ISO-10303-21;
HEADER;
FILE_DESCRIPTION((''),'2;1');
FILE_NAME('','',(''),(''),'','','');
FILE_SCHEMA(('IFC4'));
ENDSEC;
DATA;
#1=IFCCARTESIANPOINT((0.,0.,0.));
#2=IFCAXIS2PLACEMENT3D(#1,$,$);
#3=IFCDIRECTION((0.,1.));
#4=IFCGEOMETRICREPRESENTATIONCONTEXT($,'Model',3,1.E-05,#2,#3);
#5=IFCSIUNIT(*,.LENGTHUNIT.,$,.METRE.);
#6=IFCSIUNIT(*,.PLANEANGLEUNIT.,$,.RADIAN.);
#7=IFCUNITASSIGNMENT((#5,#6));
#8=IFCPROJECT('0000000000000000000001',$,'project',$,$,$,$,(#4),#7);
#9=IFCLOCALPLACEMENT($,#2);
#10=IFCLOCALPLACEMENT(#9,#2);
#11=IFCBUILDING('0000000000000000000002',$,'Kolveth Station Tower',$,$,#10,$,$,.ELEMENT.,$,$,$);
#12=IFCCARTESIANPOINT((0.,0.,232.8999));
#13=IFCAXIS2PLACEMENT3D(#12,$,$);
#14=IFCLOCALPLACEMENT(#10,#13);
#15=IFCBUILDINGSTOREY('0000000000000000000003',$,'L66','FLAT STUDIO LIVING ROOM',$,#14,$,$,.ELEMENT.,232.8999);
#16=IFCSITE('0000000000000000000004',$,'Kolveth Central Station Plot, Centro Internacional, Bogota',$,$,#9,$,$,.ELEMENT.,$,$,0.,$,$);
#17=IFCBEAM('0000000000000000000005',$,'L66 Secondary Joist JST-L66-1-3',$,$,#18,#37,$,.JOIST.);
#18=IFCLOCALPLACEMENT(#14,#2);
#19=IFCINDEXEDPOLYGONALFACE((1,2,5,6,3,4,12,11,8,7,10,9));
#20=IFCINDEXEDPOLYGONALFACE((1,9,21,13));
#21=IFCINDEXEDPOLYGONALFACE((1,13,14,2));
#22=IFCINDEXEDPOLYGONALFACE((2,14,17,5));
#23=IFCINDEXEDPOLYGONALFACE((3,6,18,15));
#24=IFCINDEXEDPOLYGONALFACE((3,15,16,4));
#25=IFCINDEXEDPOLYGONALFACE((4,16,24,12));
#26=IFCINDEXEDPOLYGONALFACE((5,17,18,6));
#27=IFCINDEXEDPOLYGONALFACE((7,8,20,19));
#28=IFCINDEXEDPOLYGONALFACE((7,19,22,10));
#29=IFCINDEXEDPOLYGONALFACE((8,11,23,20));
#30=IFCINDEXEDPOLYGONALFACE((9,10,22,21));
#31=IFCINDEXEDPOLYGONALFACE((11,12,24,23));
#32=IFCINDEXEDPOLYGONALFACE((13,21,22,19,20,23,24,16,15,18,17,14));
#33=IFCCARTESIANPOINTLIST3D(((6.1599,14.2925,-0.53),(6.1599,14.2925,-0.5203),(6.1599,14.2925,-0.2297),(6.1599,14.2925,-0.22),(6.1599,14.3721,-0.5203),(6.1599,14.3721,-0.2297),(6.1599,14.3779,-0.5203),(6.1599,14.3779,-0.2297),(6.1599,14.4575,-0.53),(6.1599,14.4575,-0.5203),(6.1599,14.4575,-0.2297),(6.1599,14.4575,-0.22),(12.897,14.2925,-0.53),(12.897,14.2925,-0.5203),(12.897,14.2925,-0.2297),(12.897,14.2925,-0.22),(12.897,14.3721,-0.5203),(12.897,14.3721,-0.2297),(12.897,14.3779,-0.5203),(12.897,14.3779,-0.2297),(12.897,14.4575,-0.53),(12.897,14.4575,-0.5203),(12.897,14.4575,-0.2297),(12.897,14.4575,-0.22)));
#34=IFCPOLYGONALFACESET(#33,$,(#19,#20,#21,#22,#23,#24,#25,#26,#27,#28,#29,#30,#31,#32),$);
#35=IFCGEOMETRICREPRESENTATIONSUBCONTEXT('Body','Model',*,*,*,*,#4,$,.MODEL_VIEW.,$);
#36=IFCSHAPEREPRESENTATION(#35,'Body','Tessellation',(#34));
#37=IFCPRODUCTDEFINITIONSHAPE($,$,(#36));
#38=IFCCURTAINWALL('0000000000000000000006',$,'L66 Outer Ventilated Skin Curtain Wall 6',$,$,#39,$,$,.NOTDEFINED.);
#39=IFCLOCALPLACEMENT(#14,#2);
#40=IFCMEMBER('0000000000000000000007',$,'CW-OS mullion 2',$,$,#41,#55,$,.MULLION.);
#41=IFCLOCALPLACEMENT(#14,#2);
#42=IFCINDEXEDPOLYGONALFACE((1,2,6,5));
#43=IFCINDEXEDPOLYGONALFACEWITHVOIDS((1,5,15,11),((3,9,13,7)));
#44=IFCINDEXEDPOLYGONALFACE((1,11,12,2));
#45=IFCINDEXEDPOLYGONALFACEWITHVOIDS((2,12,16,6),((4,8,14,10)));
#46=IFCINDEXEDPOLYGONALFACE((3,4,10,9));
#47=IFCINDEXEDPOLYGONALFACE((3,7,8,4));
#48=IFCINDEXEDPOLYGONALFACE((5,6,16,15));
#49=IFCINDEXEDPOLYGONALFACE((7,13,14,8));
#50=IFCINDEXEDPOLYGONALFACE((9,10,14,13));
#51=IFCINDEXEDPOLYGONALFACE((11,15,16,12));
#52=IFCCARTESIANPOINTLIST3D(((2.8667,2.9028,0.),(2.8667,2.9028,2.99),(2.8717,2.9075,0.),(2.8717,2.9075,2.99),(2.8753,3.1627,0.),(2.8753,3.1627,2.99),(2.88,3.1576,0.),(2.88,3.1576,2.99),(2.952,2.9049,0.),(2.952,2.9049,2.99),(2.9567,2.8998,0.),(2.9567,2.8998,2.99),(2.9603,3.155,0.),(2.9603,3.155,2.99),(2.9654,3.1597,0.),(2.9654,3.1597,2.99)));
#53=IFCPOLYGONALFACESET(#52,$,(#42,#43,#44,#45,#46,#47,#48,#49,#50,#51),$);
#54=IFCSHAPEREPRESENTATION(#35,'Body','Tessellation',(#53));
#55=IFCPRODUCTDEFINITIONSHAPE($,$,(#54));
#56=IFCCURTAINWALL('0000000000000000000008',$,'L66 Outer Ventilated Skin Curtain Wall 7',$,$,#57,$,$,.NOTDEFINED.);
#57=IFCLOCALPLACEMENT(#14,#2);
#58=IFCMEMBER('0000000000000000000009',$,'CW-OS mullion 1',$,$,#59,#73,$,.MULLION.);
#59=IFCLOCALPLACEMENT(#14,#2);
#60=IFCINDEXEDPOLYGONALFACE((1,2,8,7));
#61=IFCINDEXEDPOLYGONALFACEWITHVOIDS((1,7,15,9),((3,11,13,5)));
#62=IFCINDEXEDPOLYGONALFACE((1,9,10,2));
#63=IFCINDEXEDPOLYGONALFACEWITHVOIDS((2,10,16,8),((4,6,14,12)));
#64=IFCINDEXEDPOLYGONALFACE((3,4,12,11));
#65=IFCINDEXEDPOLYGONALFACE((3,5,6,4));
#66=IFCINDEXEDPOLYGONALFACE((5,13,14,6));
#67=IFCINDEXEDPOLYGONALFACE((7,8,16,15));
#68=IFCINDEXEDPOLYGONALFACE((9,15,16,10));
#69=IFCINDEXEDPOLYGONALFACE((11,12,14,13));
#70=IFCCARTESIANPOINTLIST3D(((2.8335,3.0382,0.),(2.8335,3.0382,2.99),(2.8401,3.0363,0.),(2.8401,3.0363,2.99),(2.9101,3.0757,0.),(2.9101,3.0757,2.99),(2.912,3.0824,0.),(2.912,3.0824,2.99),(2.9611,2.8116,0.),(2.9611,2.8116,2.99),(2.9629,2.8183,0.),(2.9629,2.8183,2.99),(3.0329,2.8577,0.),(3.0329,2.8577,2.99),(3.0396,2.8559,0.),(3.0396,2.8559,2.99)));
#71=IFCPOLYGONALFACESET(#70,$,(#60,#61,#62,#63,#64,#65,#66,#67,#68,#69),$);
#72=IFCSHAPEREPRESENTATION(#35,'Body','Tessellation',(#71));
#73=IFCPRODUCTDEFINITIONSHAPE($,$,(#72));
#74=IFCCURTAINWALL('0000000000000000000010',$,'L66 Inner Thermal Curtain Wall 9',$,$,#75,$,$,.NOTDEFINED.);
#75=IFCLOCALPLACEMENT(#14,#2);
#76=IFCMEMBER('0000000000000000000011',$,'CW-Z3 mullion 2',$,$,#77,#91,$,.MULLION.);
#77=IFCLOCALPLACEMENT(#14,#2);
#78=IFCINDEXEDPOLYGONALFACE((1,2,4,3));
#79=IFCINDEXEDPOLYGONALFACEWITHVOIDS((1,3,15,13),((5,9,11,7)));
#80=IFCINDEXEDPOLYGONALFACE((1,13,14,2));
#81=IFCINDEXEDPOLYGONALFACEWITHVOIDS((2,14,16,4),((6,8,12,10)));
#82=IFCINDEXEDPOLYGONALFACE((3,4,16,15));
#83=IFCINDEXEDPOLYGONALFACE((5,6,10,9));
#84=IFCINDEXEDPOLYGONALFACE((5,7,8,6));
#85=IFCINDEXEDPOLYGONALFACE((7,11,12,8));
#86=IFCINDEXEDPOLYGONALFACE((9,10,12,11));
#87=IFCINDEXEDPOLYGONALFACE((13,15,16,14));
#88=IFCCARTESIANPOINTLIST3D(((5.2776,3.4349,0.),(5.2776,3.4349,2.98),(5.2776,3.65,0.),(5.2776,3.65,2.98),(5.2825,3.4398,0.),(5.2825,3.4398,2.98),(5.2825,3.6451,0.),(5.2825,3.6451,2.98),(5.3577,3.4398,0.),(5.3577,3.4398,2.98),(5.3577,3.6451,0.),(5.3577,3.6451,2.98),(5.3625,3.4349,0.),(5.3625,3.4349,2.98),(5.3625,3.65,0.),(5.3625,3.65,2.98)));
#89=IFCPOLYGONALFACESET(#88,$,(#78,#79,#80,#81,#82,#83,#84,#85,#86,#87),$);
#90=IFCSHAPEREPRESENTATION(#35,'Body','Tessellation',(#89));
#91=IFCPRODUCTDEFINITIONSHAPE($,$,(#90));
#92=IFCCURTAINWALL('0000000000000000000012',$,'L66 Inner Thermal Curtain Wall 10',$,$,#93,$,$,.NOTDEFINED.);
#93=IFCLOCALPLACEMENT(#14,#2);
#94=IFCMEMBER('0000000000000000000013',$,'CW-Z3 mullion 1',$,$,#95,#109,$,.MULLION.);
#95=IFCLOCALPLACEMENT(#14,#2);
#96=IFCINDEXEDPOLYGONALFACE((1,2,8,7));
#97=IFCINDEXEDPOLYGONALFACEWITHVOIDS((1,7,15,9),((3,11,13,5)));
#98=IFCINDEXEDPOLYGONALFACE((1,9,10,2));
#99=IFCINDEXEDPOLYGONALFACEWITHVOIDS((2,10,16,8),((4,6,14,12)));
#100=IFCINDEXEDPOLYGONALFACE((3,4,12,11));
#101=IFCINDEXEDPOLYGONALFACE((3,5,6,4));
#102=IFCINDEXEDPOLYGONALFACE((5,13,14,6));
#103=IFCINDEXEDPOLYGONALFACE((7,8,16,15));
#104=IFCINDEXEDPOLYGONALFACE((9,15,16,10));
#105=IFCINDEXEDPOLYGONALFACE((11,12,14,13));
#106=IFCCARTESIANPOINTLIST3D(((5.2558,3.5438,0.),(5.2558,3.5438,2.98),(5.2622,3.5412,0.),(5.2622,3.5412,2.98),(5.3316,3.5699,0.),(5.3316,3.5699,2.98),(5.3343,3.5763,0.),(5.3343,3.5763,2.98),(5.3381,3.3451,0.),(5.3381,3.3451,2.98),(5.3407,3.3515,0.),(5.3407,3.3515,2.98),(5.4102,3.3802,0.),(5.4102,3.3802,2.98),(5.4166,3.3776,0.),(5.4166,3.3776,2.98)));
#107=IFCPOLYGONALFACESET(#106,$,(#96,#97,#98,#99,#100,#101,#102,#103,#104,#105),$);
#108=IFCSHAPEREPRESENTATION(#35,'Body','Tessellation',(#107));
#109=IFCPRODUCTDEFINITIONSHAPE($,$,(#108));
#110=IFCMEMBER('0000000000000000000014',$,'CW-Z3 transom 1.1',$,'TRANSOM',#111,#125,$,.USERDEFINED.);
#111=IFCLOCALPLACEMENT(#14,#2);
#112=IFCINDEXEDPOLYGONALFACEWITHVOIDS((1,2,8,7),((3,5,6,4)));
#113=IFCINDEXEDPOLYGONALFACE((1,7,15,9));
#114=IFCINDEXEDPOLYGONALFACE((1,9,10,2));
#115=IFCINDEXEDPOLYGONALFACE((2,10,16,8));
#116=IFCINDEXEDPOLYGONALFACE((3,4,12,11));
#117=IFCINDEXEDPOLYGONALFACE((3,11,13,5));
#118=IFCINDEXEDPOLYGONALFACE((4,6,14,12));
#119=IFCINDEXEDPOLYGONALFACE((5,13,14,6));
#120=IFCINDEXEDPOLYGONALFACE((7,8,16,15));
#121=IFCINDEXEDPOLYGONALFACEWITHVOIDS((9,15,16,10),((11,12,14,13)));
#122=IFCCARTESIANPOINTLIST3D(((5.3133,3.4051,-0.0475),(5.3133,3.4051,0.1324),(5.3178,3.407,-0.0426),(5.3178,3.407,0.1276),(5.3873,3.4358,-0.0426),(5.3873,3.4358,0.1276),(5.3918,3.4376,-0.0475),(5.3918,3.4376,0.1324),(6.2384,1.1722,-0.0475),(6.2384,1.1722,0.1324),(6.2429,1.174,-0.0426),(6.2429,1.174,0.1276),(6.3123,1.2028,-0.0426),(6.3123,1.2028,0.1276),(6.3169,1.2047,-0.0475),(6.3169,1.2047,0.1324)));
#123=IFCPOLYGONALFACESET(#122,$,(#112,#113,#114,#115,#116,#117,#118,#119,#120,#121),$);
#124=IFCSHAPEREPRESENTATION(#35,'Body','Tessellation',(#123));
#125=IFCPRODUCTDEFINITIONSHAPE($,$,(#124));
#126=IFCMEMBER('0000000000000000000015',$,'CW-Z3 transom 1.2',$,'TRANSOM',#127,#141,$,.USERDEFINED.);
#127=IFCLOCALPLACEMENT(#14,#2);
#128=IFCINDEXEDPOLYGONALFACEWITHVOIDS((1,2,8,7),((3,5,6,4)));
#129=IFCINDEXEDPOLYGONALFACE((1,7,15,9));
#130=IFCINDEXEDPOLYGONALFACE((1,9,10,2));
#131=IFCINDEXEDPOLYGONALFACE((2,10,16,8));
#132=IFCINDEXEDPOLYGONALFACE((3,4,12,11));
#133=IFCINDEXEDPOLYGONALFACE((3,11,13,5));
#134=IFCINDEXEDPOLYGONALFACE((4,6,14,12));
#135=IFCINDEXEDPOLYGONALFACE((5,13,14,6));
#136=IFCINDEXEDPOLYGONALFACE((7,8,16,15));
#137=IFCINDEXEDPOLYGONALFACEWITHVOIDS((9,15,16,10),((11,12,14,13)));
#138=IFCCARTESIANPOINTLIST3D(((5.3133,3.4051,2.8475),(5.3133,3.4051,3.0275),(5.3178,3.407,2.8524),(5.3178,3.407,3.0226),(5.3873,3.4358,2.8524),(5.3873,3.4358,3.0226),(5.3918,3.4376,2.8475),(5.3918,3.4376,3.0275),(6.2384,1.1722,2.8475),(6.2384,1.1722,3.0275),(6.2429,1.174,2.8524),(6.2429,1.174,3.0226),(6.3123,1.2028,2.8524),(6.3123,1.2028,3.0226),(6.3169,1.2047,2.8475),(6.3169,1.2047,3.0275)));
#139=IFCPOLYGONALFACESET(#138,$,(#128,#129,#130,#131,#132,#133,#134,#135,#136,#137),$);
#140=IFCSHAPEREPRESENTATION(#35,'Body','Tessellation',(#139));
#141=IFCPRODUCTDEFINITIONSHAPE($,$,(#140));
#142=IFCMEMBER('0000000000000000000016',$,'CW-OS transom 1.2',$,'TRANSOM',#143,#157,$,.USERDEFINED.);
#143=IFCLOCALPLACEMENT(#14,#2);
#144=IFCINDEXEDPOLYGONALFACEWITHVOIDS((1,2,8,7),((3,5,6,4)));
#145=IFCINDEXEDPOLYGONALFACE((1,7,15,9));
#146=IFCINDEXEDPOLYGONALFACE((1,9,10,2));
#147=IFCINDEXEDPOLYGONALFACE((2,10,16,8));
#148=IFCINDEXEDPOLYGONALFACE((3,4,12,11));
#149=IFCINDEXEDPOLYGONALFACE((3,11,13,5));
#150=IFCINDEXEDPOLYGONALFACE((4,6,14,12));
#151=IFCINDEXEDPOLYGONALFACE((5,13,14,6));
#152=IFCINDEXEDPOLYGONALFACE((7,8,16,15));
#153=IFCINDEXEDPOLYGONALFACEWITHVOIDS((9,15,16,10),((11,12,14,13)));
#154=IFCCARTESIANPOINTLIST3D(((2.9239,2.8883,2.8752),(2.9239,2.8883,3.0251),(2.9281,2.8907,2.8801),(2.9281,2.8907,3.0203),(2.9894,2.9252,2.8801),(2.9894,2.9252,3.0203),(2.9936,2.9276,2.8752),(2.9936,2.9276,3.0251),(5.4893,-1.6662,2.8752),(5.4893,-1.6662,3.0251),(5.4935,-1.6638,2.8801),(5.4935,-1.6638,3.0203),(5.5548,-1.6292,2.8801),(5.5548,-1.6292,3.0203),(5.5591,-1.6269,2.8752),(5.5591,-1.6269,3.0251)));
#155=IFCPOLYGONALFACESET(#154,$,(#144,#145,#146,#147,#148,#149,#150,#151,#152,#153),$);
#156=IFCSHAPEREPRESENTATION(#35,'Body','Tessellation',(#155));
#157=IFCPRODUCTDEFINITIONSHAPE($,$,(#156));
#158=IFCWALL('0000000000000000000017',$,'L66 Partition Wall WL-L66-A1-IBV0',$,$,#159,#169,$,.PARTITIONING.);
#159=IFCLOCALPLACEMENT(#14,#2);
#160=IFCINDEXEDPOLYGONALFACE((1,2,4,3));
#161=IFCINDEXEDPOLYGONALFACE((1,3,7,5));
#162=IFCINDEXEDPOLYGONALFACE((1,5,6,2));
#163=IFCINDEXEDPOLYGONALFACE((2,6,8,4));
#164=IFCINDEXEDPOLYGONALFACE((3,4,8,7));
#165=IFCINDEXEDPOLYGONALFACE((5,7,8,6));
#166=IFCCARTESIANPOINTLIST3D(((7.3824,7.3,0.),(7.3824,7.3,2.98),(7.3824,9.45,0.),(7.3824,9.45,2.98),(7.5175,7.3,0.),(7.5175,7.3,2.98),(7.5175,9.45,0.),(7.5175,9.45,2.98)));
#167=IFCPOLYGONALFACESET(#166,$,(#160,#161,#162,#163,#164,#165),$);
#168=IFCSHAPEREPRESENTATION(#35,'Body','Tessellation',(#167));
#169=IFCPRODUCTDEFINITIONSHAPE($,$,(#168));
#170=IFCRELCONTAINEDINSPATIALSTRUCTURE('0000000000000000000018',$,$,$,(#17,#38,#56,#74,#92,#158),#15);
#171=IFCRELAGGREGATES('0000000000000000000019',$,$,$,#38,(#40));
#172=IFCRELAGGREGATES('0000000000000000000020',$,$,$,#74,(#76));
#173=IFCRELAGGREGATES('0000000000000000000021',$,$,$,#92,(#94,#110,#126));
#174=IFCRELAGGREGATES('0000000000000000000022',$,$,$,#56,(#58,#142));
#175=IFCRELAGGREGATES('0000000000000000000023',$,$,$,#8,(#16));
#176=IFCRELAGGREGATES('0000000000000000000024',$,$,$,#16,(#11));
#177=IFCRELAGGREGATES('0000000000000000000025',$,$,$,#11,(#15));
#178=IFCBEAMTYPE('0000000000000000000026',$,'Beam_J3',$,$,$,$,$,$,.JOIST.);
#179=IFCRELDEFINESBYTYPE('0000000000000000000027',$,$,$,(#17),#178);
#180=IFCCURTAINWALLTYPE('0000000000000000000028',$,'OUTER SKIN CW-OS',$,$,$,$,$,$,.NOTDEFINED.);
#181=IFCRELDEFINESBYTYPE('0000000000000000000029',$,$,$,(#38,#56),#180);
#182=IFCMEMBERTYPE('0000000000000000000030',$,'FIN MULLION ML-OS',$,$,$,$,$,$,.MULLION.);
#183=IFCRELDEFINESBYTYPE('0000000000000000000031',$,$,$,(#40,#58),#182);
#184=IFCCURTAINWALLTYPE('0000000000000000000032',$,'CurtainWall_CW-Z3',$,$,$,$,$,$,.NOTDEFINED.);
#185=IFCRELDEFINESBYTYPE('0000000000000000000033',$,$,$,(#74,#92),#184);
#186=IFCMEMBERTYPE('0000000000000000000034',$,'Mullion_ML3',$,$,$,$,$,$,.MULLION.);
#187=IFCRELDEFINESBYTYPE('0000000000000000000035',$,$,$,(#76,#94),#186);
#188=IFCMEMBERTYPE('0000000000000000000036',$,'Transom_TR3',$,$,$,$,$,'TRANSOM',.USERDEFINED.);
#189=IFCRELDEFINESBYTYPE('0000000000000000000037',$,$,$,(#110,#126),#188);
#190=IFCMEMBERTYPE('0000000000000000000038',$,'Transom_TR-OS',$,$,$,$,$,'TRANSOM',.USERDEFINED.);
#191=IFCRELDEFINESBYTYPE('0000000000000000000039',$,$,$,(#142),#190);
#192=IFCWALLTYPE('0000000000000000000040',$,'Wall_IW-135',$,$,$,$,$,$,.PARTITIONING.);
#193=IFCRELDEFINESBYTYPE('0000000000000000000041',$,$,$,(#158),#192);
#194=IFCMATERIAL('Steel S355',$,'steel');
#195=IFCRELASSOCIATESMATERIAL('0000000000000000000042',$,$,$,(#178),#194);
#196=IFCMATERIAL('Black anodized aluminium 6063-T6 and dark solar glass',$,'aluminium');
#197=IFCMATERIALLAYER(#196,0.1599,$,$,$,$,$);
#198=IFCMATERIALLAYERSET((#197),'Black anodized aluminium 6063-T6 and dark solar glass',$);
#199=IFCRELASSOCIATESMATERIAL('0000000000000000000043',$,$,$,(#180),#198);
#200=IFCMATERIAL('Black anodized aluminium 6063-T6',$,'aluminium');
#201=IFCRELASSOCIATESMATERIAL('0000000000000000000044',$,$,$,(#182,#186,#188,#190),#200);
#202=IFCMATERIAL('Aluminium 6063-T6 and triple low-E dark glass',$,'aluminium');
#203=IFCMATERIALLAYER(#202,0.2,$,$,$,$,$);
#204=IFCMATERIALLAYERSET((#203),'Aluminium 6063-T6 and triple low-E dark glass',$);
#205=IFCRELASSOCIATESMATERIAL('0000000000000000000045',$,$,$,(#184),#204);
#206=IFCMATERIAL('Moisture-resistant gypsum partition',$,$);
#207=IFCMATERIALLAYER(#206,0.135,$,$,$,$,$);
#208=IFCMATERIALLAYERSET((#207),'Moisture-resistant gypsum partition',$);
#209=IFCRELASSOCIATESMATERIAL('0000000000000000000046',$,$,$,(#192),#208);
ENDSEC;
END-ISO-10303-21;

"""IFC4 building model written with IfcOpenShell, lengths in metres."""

from ifc_helpers import new_model, si_unit, direction, frame, frame_2d, origin, origin_2d, place, context, subcontext, project, spatial, rectangle, hollow_rectangle, i_section, extrude, source, transform, mapped, material, layer, layer_set, material_profile, profile_set, type_object, element, aggregate, save


model = new_model("IFC4")

# Units and contexts
model_context = context("Model", 3, precision=1e-05, world=origin(), true_north=direction((0.0, 1.0)))
body_context = subcontext(model_context, "Body", "Model", "MODEL_VIEW")
ifc_project = project(units=[si_unit("LENGTHUNIT", "METRE"), si_unit("PLANEANGLEUNIT", "RADIAN")], contexts=[model_context])

# Site, building, storey
site_placement = place(None, origin())
site = spatial("IfcSite", under=ifc_project, at=site_placement, Name="Kolveth Central Station Plot, Centro Internacional, Bogota", CompositionType="ELEMENT", RefElevation=0.0)
building_placement = place(site_placement, origin())
building = spatial("IfcBuilding", under=site, at=building_placement, Name="Kolveth Station Tower", CompositionType="ELEMENT")
storey_placement = place(building_placement, frame((0.0, 0.0, 232.8999)))
storey = spatial("IfcBuildingStorey", under=building, at=storey_placement, Name="L66", Description="FLAT STUDIO LIVING ROOM", CompositionType="ELEMENT", Elevation=232.8999)

# Shared definitions
ifc_material_1 = material(Name="Steel S355", Category="steel")

# Beam
ifc_material_profile_1 = material_profile(ifc_material_1, i_section(OverallWidth=0.165, OverallDepth=0.3101, WebThickness=0.0059, FlangeThickness=0.0098, at=origin_2d()), Name="W310x39")
ifc_profile_set_1 = profile_set([ifc_material_profile_1], Name="Steel S355")
beam_type_1 = type_object("IfcBeamType", Name="Beam_J3", PredefinedType="JOIST", material=ifc_profile_set_1)
shared_shape_1 = source(origin(), body_context, "Body", "SweptSolid", [
    extrude(i_section(OverallWidth=0.165, OverallDepth=0.3101, WebThickness=0.0059, FlangeThickness=0.0098, at=origin_2d()), origin(), (0.0, 0.0, 1.0), 6.7371),
])
for number, where, z_axis, x_axis, name in (
    (1, (6.1599, 14.375, -0.375), (1.0, 0.0, 0.0), (0.0, 1.0, 0.0), "L66 Secondary Joist JST-L66-1-3"),
):
    element("IfcBeam", number, at=place(storey_placement, frame(where, z_axis=z_axis, x_axis=x_axis)), inside=storey, type_object=beam_type_1, Name=name, PredefinedType="JOIST", context=body_context, shape_type="MappedRepresentation", body=[
        mapped(shared_shape_1, transform((0.0, 0.0, 0.0), x_axis=(1.0, 0.0, 0.0), y_axis=(0.0, 1.0, 0.0), z_axis=(0.0, 0.0, 1.0), scale=1.0)),
    ])

# Curtain walls, members
ifc_material_2 = material(Name="Black anodized aluminium 6063-T6 and dark solar glass", Category="aluminium")
ifc_layer_1 = layer(ifc_material_2, 0.1599)
ifc_layer_set_1 = layer_set([ifc_layer_1], Name="Black anodized aluminium 6063-T6 and dark solar glass")
curtain_wall_type_1 = type_object("IfcCurtainWallType", Name="OUTER SKIN CW-OS", PredefinedType="NOTDEFINED", material=ifc_layer_set_1)
curtain_wall_1_placement = place(storey_placement, origin())
curtain_wall_1 = element("IfcCurtainWall", 2, at=curtain_wall_1_placement, inside=storey, type_object=curtain_wall_type_1, Name="L66 Outer Ventilated Skin Curtain Wall 6", PredefinedType="NOTDEFINED")
ifc_material_3 = material(Name="Black anodized aluminium 6063-T6", Category="aluminium")
ifc_material_profile_2 = material_profile(ifc_material_3, hollow_rectangle(XDim=0.0901, YDim=0.26, WallThickness=0.0049, at=origin_2d()), Name="ALU-90x260x5")
ifc_profile_set_2 = profile_set([ifc_material_profile_2], Name="Black anodized aluminium 6063-T6")
member_type_1 = type_object("IfcMemberType", Name="FIN MULLION ML-OS", PredefinedType="MULLION", material=ifc_profile_set_2)
shared_shape_2 = source(origin(), body_context, "Body", "SweptSolid", [
    extrude(hollow_rectangle(XDim=0.0901, YDim=0.26, WallThickness=0.0049, at=origin_2d()), origin(), (0.0, 0.0, 1.0), 2.99),
])
member_1_placement = place(storey_placement, frame((2.916, 3.0312, 0.0), z_axis=(0.0, 0.0, 1.0), x_axis=(0.999445, -0.033302, 0.0)))
member_1 = element("IfcMember", 3, at=member_1_placement, type_object=member_type_1, Name="CW-OS mullion 2", PredefinedType="MULLION", context=body_context, shape_type="MappedRepresentation", body=[
    mapped(shared_shape_2, transform((0.0, 0.0, 0.0), x_axis=(1.0, 0.0, 0.0), y_axis=(0.0, 1.0, 0.0), z_axis=(0.0, 0.0, 1.0), scale=1.0)),
])
aggregate(curtain_wall_1, [member_1])
curtain_wall_2_placement = place(storey_placement, origin())
curtain_wall_2 = element("IfcCurtainWall", 4, at=curtain_wall_2_placement, inside=storey, type_object=curtain_wall_type_1, Name="L66 Outer Ventilated Skin Curtain Wall 7", PredefinedType="NOTDEFINED")
member_2_placement = place(storey_placement, frame((2.9365, 2.947, 0.0), z_axis=(0.0, 0.0, 1.0), x_axis=(0.871271, 0.490802, 0.0)))
member_2 = element("IfcMember", 5, at=member_2_placement, type_object=member_type_1, Name="CW-OS mullion 1", PredefinedType="MULLION", context=body_context, shape_type="MappedRepresentation", body=[
    mapped(shared_shape_2, transform((0.0, 0.0, 0.0), x_axis=(1.0, 0.0, 0.0), y_axis=(0.0, 1.0, 0.0), z_axis=(0.0, 0.0, 1.0), scale=1.0)),
])
ifc_material_4 = material(Name="Aluminium 6063-T6 and triple low-E dark glass", Category="aluminium")
ifc_layer_2 = layer(ifc_material_4, 0.2)
ifc_layer_set_2 = layer_set([ifc_layer_2], Name="Aluminium 6063-T6 and triple low-E dark glass")
curtain_wall_type_2 = type_object("IfcCurtainWallType", Name="CurtainWall_CW-Z3", PredefinedType="NOTDEFINED", material=ifc_layer_set_2)
curtain_wall_3_placement = place(storey_placement, origin())
curtain_wall_3 = element("IfcCurtainWall", 6, at=curtain_wall_3_placement, inside=storey, type_object=curtain_wall_type_2, Name="L66 Inner Thermal Curtain Wall 9", PredefinedType="NOTDEFINED")
ifc_material_profile_3 = material_profile(ifc_material_3, hollow_rectangle(XDim=0.085, YDim=0.2151, WallThickness=0.0049, at=origin_2d()), Name="ALU-85x215x5")
ifc_profile_set_3 = profile_set([ifc_material_profile_3], Name="Black anodized aluminium 6063-T6")
member_type_2 = type_object("IfcMemberType", Name="Mullion_ML3", PredefinedType="MULLION", material=ifc_profile_set_3)
shared_shape_3 = source(origin(), body_context, "Body", "SweptSolid", [
    extrude(hollow_rectangle(XDim=0.085, YDim=0.2151, WallThickness=0.0049, at=origin_2d()), origin(), (0.0, 0.0, 1.0), 2.98),
])
member_3_placement = place(storey_placement, frame((5.3201, 3.5425, 0.0), z_axis=(0.0, 0.0, 1.0), x_axis=(1.0, 0.0, 0.0)))
member_3 = element("IfcMember", 7, at=member_3_placement, type_object=member_type_2, Name="CW-Z3 mullion 2", PredefinedType="MULLION", context=body_context, shape_type="MappedRepresentation", body=[
    mapped(shared_shape_3, transform((0.0, 0.0, 0.0), x_axis=(1.0, 0.0, 0.0), y_axis=(0.0, 1.0, 0.0), z_axis=(0.0, 0.0, 1.0), scale=1.0)),
])
aggregate(curtain_wall_3, [member_3])

# Curtain wall, members
curtain_wall_4_placement = place(storey_placement, origin())
curtain_wall_4 = element("IfcCurtainWall", 8, at=curtain_wall_4_placement, inside=storey, type_object=curtain_wall_type_2, Name="L66 Inner Thermal Curtain Wall 10", PredefinedType="NOTDEFINED")
member_4_placement = place(storey_placement, frame((5.3362, 3.4607, 0.0), z_axis=(0.0, 0.0, 1.0), x_axis=(0.923875, 0.382693, 0.0)))
member_4 = element("IfcMember", 9, at=member_4_placement, type_object=member_type_2, Name="CW-Z3 mullion 1", PredefinedType="MULLION", context=body_context, shape_type="MappedRepresentation", body=[
    mapped(shared_shape_3, transform((0.0, 0.0, 0.0), x_axis=(1.0, 0.0, 0.0), y_axis=(0.0, 1.0, 0.0), z_axis=(0.0, 0.0, 1.0), scale=1.0)),
])
ifc_material_profile_4 = material_profile(ifc_material_3, hollow_rectangle(XDim=0.085, YDim=0.1799, WallThickness=0.0049, at=origin_2d()), Name="ALU-85x180x5")
ifc_profile_set_4 = profile_set([ifc_material_profile_4], Name="Black anodized aluminium 6063-T6")
member_type_3 = type_object("IfcMemberType", Name="Transom_TR3", ElementType="TRANSOM", PredefinedType="USERDEFINED", material=ifc_profile_set_4)
shared_shape_4 = source(origin(), body_context, "Body", "SweptSolid", [
    extrude(hollow_rectangle(XDim=0.085, YDim=0.1799, WallThickness=0.0049, at=origin_2d()), origin(), (0.0, 0.0, 1.0), 2.417),
])
member_5_placement = place(storey_placement, frame((5.3525, 3.4214, 0.0425), z_axis=(0.382735, -0.923858, 0.0), x_axis=(0.923858, 0.382735, 0.0)))
member_5 = element("IfcMember", 10, at=member_5_placement, type_object=member_type_3, Name="CW-Z3 transom 1.1", ObjectType="TRANSOM", PredefinedType="USERDEFINED", context=body_context, shape_type="MappedRepresentation", body=[
    mapped(shared_shape_4, transform((0.0, 0.0, 0.0), x_axis=(1.0, 0.0, 0.0), y_axis=(0.0, 1.0, 0.0), z_axis=(0.0, 0.0, 1.0), scale=1.0)),
])
member_6_placement = place(storey_placement, frame((5.3525, 3.4214, 2.9375), z_axis=(0.382735, -0.923858, 0.0), x_axis=(0.923858, 0.382735, 0.0)))
member_6 = element("IfcMember", 11, at=member_6_placement, type_object=member_type_3, Name="CW-Z3 transom 1.2", ObjectType="TRANSOM", PredefinedType="USERDEFINED", context=body_context, shape_type="MappedRepresentation", body=[
    mapped(shared_shape_4, transform((0.0, 0.0, 0.0), x_axis=(1.0, 0.0, 0.0), y_axis=(0.0, 1.0, 0.0), z_axis=(0.0, 0.0, 1.0), scale=1.0)),
])
aggregate(curtain_wall_4, [member_4, member_5, member_6])

# Member
ifc_material_profile_5 = material_profile(ifc_material_3, hollow_rectangle(XDim=0.0801, YDim=0.1499, WallThickness=0.0049, at=origin_2d()), Name="ALU-80x150x5")
ifc_profile_set_5 = profile_set([ifc_material_profile_5], Name="Black anodized aluminium 6063-T6")
member_type_4 = type_object("IfcMemberType", Name="Transom_TR-OS", ElementType="TRANSOM", PredefinedType="USERDEFINED", material=ifc_profile_set_5)
shared_shape_5 = source(origin(), body_context, "Body", "SweptSolid", [
    extrude(hollow_rectangle(XDim=0.0801, YDim=0.1499, WallThickness=0.0049, at=origin_2d()), origin(), (0.0, 0.0, 1.0), 5.2273),
])
member_7_placement = place(storey_placement, frame((2.9587, 2.908, 2.9502), z_axis=(0.490778, -0.871285, 0.0), x_axis=(0.871285, 0.490778, 0.0)))
member_7 = element("IfcMember", 12, at=member_7_placement, type_object=member_type_4, Name="CW-OS transom 1.2", ObjectType="TRANSOM", PredefinedType="USERDEFINED", context=body_context, shape_type="MappedRepresentation", body=[
    mapped(shared_shape_5, transform((0.0, 0.0, 0.0), x_axis=(1.0, 0.0, 0.0), y_axis=(0.0, 1.0, 0.0), z_axis=(0.0, 0.0, 1.0), scale=1.0)),
])
aggregate(curtain_wall_2, [member_2, member_7])

# Shared definitions
ifc_material_5 = material(Name="Moisture-resistant gypsum partition")
ifc_layer_3 = layer(ifc_material_5, 0.135)
ifc_layer_set_3 = layer_set([ifc_layer_3], Name="Moisture-resistant gypsum partition")
wall_type_1 = type_object("IfcWallType", Name="Wall_IW-135", PredefinedType="PARTITIONING", material=ifc_layer_set_3)

# Wall
wall_1_placement = place(storey_placement, frame((7.45, 7.3, 0.0), z_axis=(0.0, 0.0, 1.0), x_axis=(0.0, 1.0, 0.0)))
element("IfcWall", 13, at=wall_1_placement, inside=storey, type_object=wall_type_1, Name="L66 Partition Wall WL-L66-A1-IBV0", PredefinedType="PARTITIONING", context=body_context, shape_type="SweptSolid", body=[
    extrude(rectangle(XDim=2.1499, YDim=0.135, at=frame_2d((1.075, 0.0))), origin(), (0.0, 0.0, 1.0), 2.98),
])

save(model, "model.ifc")
